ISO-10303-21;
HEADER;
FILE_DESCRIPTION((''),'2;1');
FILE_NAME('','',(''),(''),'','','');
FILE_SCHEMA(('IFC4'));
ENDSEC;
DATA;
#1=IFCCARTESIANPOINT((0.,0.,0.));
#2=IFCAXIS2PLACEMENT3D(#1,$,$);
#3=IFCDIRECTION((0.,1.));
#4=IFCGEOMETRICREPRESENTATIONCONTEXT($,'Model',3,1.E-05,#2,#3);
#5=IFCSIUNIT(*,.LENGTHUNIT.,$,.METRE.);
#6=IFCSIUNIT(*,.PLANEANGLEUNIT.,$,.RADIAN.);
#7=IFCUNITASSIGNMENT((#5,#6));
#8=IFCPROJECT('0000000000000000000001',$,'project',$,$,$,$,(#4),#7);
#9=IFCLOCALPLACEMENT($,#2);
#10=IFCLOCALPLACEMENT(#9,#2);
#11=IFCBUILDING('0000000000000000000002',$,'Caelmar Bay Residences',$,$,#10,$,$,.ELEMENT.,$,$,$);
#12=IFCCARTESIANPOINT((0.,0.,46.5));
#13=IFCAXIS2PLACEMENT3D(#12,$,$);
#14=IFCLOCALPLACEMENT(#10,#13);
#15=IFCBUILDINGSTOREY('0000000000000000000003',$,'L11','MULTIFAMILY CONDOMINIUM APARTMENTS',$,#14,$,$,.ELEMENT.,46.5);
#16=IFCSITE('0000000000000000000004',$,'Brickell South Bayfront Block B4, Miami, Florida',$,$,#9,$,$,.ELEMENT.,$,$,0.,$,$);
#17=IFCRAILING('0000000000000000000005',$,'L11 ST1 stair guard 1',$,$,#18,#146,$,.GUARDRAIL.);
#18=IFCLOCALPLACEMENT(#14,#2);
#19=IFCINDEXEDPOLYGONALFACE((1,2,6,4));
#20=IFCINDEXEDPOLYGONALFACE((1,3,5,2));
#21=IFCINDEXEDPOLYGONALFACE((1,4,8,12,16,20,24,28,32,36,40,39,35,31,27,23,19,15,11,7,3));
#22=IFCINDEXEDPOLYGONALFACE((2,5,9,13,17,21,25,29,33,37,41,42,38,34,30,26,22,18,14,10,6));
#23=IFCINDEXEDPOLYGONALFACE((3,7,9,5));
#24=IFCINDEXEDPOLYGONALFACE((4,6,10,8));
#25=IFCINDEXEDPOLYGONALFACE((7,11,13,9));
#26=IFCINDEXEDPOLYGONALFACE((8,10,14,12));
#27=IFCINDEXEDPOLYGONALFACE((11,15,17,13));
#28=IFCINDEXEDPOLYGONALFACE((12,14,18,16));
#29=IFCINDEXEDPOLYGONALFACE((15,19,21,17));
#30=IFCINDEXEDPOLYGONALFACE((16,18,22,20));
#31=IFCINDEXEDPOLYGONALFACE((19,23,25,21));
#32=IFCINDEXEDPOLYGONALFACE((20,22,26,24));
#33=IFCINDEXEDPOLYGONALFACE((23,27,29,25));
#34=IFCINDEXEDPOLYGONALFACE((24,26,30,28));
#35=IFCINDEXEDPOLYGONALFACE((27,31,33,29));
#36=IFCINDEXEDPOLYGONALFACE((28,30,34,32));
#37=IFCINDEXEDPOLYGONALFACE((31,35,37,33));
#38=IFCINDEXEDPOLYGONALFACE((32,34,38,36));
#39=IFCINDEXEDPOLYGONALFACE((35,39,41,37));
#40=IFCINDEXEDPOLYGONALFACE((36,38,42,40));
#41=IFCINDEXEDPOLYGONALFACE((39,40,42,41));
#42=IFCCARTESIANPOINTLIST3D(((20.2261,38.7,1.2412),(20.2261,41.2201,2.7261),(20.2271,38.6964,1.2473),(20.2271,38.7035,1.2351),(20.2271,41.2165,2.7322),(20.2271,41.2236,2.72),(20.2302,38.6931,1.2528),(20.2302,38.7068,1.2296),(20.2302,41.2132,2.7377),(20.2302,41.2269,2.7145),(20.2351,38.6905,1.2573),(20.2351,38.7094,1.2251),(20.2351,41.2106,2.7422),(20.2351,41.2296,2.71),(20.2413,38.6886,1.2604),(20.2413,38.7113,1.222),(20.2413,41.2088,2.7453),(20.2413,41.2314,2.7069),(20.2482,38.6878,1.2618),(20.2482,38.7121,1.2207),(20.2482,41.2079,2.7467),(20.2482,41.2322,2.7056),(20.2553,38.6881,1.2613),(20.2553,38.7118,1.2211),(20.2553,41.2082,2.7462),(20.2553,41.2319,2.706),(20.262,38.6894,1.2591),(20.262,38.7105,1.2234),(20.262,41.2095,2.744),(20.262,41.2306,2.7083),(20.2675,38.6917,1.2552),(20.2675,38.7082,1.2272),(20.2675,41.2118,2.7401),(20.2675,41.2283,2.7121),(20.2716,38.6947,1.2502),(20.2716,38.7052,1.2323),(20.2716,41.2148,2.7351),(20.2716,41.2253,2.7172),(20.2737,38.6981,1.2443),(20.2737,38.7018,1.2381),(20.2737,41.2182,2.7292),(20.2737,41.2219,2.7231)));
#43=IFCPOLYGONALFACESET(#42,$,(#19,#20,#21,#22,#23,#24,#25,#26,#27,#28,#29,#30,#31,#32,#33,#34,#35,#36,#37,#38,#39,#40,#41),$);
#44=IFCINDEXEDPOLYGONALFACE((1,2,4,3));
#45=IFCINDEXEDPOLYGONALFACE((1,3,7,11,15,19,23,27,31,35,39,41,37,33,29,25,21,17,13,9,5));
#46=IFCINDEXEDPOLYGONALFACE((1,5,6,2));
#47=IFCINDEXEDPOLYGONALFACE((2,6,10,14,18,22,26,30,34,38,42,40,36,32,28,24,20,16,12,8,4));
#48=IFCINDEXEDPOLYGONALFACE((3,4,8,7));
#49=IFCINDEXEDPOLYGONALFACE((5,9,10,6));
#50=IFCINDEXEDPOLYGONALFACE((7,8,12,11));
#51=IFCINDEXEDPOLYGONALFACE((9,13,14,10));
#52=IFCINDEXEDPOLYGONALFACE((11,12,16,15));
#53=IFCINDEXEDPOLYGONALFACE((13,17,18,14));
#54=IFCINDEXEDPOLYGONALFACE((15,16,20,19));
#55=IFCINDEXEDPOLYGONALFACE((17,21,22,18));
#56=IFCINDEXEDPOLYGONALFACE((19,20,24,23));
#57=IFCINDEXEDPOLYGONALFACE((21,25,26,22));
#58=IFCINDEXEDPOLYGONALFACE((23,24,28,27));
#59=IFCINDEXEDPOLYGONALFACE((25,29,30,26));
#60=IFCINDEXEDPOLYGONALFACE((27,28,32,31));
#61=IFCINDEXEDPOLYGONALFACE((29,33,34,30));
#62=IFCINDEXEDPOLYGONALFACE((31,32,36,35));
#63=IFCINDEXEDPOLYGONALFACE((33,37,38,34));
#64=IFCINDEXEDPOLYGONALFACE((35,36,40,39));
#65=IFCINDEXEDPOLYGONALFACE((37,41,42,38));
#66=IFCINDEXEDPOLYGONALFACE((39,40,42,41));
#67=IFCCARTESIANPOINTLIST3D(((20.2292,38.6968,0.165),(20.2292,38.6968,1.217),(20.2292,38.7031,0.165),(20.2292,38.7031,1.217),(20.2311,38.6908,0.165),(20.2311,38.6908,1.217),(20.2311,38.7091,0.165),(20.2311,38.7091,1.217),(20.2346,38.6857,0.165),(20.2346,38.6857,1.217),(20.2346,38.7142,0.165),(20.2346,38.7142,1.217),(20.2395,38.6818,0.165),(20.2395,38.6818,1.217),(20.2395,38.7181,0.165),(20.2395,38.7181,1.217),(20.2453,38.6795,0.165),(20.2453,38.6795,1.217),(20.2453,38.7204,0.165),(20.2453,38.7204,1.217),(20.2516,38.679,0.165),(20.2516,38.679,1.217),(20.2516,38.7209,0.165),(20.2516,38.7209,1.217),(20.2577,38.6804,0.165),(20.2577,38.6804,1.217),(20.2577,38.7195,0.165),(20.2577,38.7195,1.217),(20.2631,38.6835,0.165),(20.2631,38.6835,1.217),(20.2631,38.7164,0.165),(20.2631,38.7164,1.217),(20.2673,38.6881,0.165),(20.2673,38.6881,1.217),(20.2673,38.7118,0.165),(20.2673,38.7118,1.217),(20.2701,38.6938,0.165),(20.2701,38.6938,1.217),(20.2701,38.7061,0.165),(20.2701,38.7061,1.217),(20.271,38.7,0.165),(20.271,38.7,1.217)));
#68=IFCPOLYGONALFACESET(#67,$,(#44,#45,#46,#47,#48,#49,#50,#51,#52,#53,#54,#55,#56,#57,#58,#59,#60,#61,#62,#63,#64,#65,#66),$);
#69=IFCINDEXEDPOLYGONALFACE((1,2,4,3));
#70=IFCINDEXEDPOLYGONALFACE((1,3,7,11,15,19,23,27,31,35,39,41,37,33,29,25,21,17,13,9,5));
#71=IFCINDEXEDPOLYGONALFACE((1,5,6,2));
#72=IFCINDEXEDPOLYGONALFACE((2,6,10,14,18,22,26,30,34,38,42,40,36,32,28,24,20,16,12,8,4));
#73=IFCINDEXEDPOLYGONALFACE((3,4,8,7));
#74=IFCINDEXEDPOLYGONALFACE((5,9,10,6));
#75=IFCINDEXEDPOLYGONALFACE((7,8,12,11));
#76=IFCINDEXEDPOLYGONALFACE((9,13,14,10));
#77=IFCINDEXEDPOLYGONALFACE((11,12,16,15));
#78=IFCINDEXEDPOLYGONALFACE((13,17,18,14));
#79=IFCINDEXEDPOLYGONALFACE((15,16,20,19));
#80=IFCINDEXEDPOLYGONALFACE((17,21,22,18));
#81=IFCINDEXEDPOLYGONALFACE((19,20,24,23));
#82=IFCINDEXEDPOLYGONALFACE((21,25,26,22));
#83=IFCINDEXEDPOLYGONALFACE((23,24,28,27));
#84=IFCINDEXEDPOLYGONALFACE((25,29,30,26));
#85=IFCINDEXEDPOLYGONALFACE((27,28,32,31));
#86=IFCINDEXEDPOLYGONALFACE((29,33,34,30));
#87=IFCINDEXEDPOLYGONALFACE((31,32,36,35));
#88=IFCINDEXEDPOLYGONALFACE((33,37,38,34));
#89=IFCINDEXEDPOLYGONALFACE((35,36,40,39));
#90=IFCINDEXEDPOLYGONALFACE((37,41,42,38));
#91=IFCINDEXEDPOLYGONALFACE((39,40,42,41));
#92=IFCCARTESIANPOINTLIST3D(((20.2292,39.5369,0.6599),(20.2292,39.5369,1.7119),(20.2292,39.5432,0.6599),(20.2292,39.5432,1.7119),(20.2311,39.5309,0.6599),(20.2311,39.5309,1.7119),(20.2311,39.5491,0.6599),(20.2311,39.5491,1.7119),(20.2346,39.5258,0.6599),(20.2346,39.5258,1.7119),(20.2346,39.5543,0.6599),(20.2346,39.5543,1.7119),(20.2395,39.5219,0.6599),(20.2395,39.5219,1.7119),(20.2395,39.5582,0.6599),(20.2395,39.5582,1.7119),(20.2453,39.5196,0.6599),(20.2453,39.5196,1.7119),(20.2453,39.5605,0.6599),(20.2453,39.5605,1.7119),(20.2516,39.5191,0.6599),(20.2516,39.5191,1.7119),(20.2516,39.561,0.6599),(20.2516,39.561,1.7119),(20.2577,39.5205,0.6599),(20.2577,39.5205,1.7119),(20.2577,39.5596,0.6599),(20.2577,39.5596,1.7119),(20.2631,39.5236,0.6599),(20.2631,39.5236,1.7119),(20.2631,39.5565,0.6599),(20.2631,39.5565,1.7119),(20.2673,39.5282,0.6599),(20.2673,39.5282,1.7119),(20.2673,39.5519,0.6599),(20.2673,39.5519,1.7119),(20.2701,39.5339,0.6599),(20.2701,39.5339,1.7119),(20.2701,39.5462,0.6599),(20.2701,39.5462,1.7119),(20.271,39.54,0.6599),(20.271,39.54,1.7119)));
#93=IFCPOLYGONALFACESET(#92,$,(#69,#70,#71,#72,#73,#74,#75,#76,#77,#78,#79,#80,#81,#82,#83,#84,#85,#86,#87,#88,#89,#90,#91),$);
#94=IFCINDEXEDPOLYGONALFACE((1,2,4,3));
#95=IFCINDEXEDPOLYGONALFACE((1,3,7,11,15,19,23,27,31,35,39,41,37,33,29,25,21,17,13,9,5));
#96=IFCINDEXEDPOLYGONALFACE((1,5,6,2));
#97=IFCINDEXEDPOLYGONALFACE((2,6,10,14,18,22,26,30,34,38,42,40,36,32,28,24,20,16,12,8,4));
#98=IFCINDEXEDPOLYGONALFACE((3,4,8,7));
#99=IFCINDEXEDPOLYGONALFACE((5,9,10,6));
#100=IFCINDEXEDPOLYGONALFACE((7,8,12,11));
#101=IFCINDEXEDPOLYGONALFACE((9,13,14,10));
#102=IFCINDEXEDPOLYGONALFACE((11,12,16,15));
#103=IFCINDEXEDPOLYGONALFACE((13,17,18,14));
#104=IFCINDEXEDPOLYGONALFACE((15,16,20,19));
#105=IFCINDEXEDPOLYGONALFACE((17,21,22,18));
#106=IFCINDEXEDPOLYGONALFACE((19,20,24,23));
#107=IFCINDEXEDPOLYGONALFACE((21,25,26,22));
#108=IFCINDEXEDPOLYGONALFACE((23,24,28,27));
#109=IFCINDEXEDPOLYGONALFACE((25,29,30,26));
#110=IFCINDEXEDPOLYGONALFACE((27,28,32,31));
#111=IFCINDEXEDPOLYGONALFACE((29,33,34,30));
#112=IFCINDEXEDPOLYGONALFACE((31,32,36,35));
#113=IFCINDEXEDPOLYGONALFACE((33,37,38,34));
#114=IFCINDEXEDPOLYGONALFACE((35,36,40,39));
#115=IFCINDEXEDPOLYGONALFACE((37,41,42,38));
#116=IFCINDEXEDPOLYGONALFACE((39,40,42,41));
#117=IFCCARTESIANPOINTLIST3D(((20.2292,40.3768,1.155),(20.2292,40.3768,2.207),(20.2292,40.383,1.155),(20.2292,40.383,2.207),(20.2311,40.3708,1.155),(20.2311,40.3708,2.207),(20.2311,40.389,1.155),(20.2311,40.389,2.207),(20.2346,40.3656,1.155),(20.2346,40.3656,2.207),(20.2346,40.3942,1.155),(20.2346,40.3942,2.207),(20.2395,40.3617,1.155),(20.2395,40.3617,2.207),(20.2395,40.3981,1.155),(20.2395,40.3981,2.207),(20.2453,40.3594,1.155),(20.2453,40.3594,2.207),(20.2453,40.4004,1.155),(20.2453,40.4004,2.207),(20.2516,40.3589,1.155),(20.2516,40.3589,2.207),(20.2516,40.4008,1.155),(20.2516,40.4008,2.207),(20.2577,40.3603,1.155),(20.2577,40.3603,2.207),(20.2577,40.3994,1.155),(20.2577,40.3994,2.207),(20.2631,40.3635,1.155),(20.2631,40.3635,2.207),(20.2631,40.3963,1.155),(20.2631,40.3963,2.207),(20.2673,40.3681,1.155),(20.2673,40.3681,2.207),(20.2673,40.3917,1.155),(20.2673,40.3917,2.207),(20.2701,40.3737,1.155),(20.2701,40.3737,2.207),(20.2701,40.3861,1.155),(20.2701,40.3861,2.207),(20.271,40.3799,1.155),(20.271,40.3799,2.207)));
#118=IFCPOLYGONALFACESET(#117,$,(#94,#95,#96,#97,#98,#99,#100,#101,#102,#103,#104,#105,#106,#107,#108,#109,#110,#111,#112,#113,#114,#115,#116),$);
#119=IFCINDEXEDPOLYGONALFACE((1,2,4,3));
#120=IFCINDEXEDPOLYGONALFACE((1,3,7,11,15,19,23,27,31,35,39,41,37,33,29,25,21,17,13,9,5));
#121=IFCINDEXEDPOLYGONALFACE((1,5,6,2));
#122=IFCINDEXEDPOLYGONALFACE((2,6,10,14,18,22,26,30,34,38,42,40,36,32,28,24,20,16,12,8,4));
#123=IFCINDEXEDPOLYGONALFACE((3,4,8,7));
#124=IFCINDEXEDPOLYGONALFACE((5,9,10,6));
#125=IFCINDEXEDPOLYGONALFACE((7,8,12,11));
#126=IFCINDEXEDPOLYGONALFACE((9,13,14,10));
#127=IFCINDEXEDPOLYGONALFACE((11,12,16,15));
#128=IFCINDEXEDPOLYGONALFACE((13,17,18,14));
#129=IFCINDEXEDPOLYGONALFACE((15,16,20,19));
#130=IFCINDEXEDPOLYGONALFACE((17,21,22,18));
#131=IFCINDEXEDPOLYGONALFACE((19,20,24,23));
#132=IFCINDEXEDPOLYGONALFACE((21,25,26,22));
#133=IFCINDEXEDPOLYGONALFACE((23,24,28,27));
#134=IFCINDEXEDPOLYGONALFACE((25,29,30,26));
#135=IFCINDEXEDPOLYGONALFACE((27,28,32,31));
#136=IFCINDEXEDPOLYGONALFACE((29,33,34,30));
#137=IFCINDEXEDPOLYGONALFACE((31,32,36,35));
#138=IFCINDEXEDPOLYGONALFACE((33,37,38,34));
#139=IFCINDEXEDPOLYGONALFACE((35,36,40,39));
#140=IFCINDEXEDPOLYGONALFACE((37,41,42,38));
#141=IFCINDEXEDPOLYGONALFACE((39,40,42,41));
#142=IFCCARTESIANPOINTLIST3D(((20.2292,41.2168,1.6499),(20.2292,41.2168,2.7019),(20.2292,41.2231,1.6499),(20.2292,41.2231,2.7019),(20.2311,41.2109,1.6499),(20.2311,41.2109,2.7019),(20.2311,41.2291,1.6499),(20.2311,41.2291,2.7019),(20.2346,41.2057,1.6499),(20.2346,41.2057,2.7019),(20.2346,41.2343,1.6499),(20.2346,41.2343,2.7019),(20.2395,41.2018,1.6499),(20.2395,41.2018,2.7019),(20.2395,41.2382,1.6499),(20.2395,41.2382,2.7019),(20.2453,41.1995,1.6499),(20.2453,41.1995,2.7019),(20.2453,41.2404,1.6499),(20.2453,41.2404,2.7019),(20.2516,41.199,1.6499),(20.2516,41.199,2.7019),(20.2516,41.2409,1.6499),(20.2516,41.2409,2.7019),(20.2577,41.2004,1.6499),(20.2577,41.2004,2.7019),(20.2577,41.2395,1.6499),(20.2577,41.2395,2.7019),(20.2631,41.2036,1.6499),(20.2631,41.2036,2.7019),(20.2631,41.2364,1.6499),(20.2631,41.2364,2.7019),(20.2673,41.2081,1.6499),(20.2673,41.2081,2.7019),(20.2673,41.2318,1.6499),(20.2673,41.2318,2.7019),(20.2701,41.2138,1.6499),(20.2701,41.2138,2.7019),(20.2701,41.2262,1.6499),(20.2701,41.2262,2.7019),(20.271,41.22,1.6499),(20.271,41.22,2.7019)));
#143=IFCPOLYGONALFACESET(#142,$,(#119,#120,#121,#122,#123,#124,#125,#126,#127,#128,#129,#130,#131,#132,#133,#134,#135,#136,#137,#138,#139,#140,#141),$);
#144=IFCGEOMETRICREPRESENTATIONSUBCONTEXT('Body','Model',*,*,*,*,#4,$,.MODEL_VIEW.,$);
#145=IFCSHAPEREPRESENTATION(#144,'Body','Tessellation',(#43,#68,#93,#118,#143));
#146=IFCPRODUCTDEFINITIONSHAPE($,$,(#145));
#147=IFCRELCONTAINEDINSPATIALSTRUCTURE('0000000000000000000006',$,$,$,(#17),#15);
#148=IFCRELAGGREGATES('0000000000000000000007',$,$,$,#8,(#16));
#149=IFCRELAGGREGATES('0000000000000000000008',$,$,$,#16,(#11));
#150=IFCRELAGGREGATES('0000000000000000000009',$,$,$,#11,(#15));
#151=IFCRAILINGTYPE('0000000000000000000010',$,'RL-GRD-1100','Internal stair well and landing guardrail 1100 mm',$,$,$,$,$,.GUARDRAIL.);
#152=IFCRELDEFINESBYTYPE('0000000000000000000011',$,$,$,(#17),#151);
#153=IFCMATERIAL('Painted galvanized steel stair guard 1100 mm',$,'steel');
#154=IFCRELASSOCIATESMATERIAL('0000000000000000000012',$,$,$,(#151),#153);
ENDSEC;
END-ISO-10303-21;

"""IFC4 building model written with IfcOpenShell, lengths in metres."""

from ifc_helpers import new_model, si_unit, direction, frame, origin, origin_2d, place, context, subcontext, project, spatial, circle, extrude, material, type_object, element, save


model = new_model("IFC4")

# Units and contexts
model_context = context("Model", 3, precision=1e-05, world=origin(), true_north=direction((0.0, 1.0)))
body_context = subcontext(model_context, "Body", "Model", "MODEL_VIEW")
ifc_project = project(units=[si_unit("LENGTHUNIT", "METRE"), si_unit("PLANEANGLEUNIT", "RADIAN")], contexts=[model_context])

# Site, building, storey
site_placement = place(None, origin())
site = spatial("IfcSite", under=ifc_project, at=site_placement, Name="Brickell South Bayfront Block B4, Miami, Florida", CompositionType="ELEMENT", RefElevation=0.0)
building_placement = place(site_placement, origin())
building = spatial("IfcBuilding", under=site, at=building_placement, Name="Caelmar Bay Residences", CompositionType="ELEMENT")
storey_placement = place(building_placement, frame((0.0, 0.0, 46.5)))
storey = spatial("IfcBuildingStorey", under=building, at=storey_placement, Name="L11", Description="MULTIFAMILY CONDOMINIUM APARTMENTS", CompositionType="ELEMENT", Elevation=46.5)

# Railing
ifc_material_1 = material(Name="Painted galvanized steel stair guard 1100 mm", Category="steel")
railing_type_1 = type_object("IfcRailingType", Name="RL-GRD-1100", Description="Internal stair well and landing guardrail 1100 mm", PredefinedType="GUARDRAIL", material=ifc_material_1)
railing_1_placement = place(storey_placement, frame((20.25, 38.7, 0.165)))
element("IfcRailing", 1, at=railing_1_placement, inside=storey, type_object=railing_type_1, Name="L11 ST1 stair guard 1", PredefinedType="GUARDRAIL", context=body_context, shape_type="SweptSolid", body=[
    extrude(circle(Radius=0.0239, at=origin_2d()), frame((0.0, 0.0, 1.0762), z_axis=(0.0, 0.861561, 0.507655), x_axis=(-1.0, 0.0, 0.0)), (0.0, 0.0, 1.0), 2.925),
    extrude(circle(Radius=0.021, at=origin_2d()), origin(), (0.0, 0.0, 1.0), 1.052),
    extrude(circle(Radius=0.021, at=origin_2d()), frame((0.0, 0.8401, 0.4949)), (0.0, 0.0, 1.0), 1.052),
    extrude(circle(Radius=0.021, at=origin_2d()), frame((0.0, 1.6799, 0.99)), (0.0, 0.0, 1.0), 1.052),
    extrude(circle(Radius=0.021, at=origin_2d()), frame((0.0, 2.52, 1.4849)), (0.0, 0.0, 1.0), 1.052),
])

save(model, "model.ifc")
